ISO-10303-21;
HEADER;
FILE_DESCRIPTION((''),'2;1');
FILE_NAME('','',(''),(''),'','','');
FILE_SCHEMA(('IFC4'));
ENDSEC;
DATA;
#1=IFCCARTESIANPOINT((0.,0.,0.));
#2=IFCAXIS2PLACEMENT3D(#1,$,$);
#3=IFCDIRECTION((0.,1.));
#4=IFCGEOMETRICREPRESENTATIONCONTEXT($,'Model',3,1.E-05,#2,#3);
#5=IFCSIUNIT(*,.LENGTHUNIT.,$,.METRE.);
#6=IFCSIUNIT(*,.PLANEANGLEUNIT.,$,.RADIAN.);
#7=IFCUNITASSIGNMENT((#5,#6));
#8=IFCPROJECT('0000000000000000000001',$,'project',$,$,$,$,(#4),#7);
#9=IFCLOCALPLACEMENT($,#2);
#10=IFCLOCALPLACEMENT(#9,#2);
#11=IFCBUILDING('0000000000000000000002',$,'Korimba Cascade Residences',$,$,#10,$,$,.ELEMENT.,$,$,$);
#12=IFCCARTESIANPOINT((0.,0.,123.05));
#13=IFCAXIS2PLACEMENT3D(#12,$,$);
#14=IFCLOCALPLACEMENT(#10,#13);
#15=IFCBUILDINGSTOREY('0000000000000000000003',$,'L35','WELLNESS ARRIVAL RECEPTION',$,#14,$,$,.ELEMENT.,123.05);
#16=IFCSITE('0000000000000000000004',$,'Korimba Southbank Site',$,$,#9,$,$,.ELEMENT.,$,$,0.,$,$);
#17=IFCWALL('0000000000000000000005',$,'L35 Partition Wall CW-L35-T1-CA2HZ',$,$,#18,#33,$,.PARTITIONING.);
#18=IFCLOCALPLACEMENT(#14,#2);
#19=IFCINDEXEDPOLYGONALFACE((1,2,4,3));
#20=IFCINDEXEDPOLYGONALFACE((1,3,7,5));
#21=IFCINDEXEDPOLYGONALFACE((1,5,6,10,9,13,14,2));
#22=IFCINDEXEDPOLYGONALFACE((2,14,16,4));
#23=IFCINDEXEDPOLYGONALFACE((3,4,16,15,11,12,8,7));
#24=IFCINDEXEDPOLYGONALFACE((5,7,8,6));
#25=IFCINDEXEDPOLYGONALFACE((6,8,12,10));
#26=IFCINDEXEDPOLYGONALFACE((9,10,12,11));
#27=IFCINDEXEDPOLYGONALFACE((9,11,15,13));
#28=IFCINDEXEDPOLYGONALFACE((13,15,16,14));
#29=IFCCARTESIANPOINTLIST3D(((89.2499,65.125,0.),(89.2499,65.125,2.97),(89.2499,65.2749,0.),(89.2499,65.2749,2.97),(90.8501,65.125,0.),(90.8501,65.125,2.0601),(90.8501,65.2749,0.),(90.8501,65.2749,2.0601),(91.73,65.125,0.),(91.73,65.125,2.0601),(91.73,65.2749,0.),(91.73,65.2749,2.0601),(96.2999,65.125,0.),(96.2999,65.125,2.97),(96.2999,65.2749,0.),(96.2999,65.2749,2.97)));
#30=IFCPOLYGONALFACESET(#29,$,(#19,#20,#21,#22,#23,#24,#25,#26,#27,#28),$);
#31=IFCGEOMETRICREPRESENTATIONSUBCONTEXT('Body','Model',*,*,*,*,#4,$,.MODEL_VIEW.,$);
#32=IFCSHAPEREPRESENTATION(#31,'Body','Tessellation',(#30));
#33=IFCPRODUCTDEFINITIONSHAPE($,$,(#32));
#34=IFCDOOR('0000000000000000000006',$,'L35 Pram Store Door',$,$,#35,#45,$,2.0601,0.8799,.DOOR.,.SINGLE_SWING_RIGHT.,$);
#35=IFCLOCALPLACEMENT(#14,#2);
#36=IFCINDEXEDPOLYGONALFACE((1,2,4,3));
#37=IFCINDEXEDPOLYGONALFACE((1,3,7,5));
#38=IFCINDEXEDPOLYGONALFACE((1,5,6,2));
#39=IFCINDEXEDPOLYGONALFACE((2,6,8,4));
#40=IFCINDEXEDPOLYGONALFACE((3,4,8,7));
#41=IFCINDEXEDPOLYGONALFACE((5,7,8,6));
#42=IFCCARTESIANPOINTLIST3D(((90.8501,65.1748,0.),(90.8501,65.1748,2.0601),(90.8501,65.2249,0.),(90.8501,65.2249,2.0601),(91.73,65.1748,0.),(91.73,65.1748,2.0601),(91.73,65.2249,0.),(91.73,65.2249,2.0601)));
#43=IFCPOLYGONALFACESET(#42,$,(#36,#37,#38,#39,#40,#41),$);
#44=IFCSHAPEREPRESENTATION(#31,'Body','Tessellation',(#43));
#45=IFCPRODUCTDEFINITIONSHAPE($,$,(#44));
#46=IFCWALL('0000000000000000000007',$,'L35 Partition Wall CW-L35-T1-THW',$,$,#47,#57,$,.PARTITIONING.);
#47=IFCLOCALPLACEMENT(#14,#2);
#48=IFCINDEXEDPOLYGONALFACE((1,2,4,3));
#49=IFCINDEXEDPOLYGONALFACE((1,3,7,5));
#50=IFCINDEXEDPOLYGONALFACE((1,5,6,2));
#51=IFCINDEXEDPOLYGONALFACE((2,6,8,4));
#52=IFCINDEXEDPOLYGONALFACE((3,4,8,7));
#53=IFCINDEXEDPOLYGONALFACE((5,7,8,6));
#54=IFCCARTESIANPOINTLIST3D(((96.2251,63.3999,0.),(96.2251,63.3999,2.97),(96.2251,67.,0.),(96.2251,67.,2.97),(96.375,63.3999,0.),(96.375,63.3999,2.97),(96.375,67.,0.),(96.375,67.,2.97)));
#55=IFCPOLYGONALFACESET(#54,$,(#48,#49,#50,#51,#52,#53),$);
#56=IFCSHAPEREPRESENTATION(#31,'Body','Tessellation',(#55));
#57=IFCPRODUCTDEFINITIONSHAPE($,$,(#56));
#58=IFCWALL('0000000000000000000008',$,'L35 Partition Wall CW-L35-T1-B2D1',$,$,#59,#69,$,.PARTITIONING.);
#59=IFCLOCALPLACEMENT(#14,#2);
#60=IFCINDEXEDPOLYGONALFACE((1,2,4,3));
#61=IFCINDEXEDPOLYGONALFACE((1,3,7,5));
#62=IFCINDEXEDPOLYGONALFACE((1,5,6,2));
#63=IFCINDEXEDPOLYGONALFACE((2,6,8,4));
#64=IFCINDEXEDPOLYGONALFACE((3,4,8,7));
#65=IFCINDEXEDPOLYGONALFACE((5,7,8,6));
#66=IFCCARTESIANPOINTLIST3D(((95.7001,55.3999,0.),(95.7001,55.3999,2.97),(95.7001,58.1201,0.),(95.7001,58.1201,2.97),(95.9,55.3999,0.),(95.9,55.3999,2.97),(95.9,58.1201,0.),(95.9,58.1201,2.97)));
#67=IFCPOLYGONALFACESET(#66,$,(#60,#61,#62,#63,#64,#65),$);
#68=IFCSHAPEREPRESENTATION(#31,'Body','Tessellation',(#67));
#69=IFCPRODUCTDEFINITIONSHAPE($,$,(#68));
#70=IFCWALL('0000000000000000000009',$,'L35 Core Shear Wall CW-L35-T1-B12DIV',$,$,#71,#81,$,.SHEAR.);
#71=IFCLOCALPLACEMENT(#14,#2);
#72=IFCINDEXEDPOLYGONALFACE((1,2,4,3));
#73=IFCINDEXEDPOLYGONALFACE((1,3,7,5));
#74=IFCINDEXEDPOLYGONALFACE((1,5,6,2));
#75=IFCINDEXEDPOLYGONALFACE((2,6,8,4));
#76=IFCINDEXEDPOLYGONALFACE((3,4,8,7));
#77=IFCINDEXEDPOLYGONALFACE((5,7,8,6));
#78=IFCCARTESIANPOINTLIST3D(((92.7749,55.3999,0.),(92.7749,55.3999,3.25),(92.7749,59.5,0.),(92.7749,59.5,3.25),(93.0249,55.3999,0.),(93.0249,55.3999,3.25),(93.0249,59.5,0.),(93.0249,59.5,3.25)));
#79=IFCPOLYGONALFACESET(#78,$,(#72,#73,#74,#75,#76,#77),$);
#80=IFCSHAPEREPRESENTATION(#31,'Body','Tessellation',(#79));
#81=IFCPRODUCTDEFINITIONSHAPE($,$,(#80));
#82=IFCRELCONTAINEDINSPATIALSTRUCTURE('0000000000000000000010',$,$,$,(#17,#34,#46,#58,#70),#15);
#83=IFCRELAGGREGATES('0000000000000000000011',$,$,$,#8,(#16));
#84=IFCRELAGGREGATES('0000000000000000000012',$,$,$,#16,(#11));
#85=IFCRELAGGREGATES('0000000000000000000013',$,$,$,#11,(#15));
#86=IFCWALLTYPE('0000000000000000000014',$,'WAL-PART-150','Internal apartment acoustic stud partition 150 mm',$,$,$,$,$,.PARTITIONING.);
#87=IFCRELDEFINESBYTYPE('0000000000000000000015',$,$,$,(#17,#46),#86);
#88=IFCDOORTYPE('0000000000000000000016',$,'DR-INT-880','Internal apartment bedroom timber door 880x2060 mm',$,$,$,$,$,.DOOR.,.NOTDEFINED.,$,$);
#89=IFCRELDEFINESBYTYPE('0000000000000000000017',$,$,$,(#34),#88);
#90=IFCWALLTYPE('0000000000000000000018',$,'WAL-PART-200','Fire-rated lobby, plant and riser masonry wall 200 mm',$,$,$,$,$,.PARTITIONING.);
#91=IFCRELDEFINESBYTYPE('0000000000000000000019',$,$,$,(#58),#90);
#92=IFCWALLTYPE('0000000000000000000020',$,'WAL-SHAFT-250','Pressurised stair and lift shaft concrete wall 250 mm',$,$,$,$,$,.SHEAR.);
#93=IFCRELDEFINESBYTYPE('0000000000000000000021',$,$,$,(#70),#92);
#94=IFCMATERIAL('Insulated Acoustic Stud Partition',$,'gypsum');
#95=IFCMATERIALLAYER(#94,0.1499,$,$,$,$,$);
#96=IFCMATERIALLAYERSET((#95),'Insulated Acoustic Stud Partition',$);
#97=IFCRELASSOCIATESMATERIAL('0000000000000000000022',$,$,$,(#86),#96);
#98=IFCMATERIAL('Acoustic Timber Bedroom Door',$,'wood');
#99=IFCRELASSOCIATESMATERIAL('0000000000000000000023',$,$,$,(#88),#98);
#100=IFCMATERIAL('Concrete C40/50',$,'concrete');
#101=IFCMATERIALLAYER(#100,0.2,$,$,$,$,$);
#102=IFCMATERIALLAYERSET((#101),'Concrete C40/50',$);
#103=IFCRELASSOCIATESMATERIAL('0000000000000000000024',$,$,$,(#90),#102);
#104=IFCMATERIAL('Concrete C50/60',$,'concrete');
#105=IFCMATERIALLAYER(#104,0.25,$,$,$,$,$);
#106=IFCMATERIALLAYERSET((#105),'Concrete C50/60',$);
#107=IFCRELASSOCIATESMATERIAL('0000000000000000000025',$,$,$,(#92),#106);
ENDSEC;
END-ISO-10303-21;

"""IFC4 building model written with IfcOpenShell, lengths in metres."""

from ifc_helpers import new_model, si_unit, direction, frame, frame_2d, origin, place, context, subcontext, project, spatial, rectangle, extrude, material, layer, layer_set, type_object, element, fill, save


model = new_model("IFC4")

# Units and contexts
model_context = context("Model", 3, precision=1e-05, world=origin(), true_north=direction((0.0, 1.0)))
body_context = subcontext(model_context, "Body", "Model", "MODEL_VIEW")
ifc_project = project(units=[si_unit("LENGTHUNIT", "METRE"), si_unit("PLANEANGLEUNIT", "RADIAN")], contexts=[model_context])

# Site, building, storey
site_placement = place(None, origin())
site = spatial("IfcSite", under=ifc_project, at=site_placement, Name="Korimba Southbank Site", CompositionType="ELEMENT", RefElevation=0.0)
building_placement = place(site_placement, origin())
building = spatial("IfcBuilding", under=site, at=building_placement, Name="Korimba Cascade Residences", CompositionType="ELEMENT")
storey_placement = place(building_placement, frame((0.0, 0.0, 123.05)))
storey = spatial("IfcBuildingStorey", under=building, at=storey_placement, Name="L35", Description="WELLNESS ARRIVAL RECEPTION", CompositionType="ELEMENT", Elevation=123.05)

# Shared definitions
ifc_material_1 = material(Name="Insulated Acoustic Stud Partition", Category="gypsum")
ifc_layer_1 = layer(ifc_material_1, 0.1499)
ifc_layer_set_1 = layer_set([ifc_layer_1], Name="Insulated Acoustic Stud Partition")
wall_type_1 = type_object("IfcWallType", Name="WAL-PART-150", Description="Internal apartment acoustic stud partition 150 mm", PredefinedType="PARTITIONING", material=ifc_layer_set_1)

# Wall, opening, door
wall_1_placement = place(storey_placement, frame((89.25, 65.2, 0.0), z_axis=(0.0, 0.0, 1.0), x_axis=(1.0, 0.0, 0.0)))
wall_1 = element("IfcWall", 1, at=wall_1_placement, inside=storey, type_object=wall_type_1, Name="L35 Partition Wall CW-L35-T1-CA2HZ", PredefinedType="PARTITIONING", context=body_context, shape_type="SweptSolid", body=[
    extrude(rectangle(XDim=7.05, YDim=0.1499, at=frame_2d((3.5249, 0.0))), origin(), (0.0, 0.0, 1.0), 2.97),
])
opening_1_placement = place(wall_1_placement, frame((1.6001, 0.0, 0.0)))
opening_1 = element("IfcOpeningElement", 2, at=opening_1_placement, cuts=wall_1, PredefinedType="OPENING", context=body_context, shape_type="SweptSolid", body=[
    extrude(rectangle(XDim=0.8799, YDim=2.0601, at=frame_2d((0.4399, 1.03))), frame((0.0, 0.085, 0.0), z_axis=(0.0, -1.0, 0.0), x_axis=(1.0, 0.0, 0.0)), (0.0, 0.0, 1.0), 0.1699),
])
ifc_material_2 = material(Name="Acoustic Timber Bedroom Door", Category="wood")
door_type_1 = type_object("IfcDoorType", Name="DR-INT-880", Description="Internal apartment bedroom timber door 880x2060 mm", OperationType="NOTDEFINED", PredefinedType="DOOR", material=ifc_material_2)
door_1_placement = place(opening_1_placement, origin())
door_1 = element("IfcDoor", 3, at=door_1_placement, inside=storey, type_object=door_type_1, Name="L35 Pram Store Door", OperationType="SINGLE_SWING_RIGHT", OverallHeight=2.0601, OverallWidth=0.8799, PredefinedType="DOOR", context=body_context, shape_type="SweptSolid", body=[
    extrude(rectangle(XDim=0.8799, YDim=2.0601, at=frame_2d((0.4399, 1.03))), frame((0.0, 0.0249, 0.0), z_axis=(0.0, -1.0, 0.0), x_axis=(1.0, 0.0, 0.0)), (0.0, 0.0, 1.0), 0.05),
])
fill(opening_1, door_1)

# Walls
wall_2_placement = place(storey_placement, frame((96.3, 63.3999, 0.0), z_axis=(0.0, 0.0, 1.0), x_axis=(0.0, 1.0, 0.0)))
element("IfcWall", 4, at=wall_2_placement, inside=storey, type_object=wall_type_1, Name="L35 Partition Wall CW-L35-T1-THW", PredefinedType="PARTITIONING", context=body_context, shape_type="SweptSolid", body=[
    extrude(rectangle(XDim=3.6001, YDim=0.1499, at=frame_2d((1.8, 0.0))), origin(), (0.0, 0.0, 1.0), 2.97),
])
ifc_material_3 = material(Name="Concrete C40/50", Category="concrete")
ifc_layer_2 = layer(ifc_material_3, 0.2)
ifc_layer_set_2 = layer_set([ifc_layer_2], Name="Concrete C40/50")
wall_type_2 = type_object("IfcWallType", Name="WAL-PART-200", Description="Fire-rated lobby, plant and riser masonry wall 200 mm", PredefinedType="PARTITIONING", material=ifc_layer_set_2)
wall_3_placement = place(storey_placement, frame((95.8, 55.3999, 0.0), z_axis=(0.0, 0.0, 1.0), x_axis=(0.0, 1.0, 0.0)))
element("IfcWall", 5, at=wall_3_placement, inside=storey, type_object=wall_type_2, Name="L35 Partition Wall CW-L35-T1-B2D1", PredefinedType="PARTITIONING", context=body_context, shape_type="SweptSolid", body=[
    extrude(rectangle(XDim=2.7202, YDim=0.2, at=frame_2d((1.3601, 0.0))), origin(), (0.0, 0.0, 1.0), 2.97),
])
ifc_material_4 = material(Name="Concrete C50/60", Category="concrete")
ifc_layer_3 = layer(ifc_material_4, 0.25)
ifc_layer_set_3 = layer_set([ifc_layer_3], Name="Concrete C50/60")
wall_type_3 = type_object("IfcWallType", Name="WAL-SHAFT-250", Description="Pressurised stair and lift shaft concrete wall 250 mm", PredefinedType="SHEAR", material=ifc_layer_set_3)
wall_4_placement = place(storey_placement, frame((92.8999, 55.3999, 0.0), z_axis=(0.0, 0.0, 1.0), x_axis=(0.0, 1.0, 0.0)))
element("IfcWall", 6, at=wall_4_placement, inside=storey, type_object=wall_type_3, Name="L35 Core Shear Wall CW-L35-T1-B12DIV", PredefinedType="SHEAR", context=body_context, shape_type="SweptSolid", body=[
    extrude(rectangle(XDim=4.1001, YDim=0.25, at=frame_2d((2.05, 0.0))), origin(), (0.0, 0.0, 1.0), 3.25),
])

save(model, "model.ifc")
